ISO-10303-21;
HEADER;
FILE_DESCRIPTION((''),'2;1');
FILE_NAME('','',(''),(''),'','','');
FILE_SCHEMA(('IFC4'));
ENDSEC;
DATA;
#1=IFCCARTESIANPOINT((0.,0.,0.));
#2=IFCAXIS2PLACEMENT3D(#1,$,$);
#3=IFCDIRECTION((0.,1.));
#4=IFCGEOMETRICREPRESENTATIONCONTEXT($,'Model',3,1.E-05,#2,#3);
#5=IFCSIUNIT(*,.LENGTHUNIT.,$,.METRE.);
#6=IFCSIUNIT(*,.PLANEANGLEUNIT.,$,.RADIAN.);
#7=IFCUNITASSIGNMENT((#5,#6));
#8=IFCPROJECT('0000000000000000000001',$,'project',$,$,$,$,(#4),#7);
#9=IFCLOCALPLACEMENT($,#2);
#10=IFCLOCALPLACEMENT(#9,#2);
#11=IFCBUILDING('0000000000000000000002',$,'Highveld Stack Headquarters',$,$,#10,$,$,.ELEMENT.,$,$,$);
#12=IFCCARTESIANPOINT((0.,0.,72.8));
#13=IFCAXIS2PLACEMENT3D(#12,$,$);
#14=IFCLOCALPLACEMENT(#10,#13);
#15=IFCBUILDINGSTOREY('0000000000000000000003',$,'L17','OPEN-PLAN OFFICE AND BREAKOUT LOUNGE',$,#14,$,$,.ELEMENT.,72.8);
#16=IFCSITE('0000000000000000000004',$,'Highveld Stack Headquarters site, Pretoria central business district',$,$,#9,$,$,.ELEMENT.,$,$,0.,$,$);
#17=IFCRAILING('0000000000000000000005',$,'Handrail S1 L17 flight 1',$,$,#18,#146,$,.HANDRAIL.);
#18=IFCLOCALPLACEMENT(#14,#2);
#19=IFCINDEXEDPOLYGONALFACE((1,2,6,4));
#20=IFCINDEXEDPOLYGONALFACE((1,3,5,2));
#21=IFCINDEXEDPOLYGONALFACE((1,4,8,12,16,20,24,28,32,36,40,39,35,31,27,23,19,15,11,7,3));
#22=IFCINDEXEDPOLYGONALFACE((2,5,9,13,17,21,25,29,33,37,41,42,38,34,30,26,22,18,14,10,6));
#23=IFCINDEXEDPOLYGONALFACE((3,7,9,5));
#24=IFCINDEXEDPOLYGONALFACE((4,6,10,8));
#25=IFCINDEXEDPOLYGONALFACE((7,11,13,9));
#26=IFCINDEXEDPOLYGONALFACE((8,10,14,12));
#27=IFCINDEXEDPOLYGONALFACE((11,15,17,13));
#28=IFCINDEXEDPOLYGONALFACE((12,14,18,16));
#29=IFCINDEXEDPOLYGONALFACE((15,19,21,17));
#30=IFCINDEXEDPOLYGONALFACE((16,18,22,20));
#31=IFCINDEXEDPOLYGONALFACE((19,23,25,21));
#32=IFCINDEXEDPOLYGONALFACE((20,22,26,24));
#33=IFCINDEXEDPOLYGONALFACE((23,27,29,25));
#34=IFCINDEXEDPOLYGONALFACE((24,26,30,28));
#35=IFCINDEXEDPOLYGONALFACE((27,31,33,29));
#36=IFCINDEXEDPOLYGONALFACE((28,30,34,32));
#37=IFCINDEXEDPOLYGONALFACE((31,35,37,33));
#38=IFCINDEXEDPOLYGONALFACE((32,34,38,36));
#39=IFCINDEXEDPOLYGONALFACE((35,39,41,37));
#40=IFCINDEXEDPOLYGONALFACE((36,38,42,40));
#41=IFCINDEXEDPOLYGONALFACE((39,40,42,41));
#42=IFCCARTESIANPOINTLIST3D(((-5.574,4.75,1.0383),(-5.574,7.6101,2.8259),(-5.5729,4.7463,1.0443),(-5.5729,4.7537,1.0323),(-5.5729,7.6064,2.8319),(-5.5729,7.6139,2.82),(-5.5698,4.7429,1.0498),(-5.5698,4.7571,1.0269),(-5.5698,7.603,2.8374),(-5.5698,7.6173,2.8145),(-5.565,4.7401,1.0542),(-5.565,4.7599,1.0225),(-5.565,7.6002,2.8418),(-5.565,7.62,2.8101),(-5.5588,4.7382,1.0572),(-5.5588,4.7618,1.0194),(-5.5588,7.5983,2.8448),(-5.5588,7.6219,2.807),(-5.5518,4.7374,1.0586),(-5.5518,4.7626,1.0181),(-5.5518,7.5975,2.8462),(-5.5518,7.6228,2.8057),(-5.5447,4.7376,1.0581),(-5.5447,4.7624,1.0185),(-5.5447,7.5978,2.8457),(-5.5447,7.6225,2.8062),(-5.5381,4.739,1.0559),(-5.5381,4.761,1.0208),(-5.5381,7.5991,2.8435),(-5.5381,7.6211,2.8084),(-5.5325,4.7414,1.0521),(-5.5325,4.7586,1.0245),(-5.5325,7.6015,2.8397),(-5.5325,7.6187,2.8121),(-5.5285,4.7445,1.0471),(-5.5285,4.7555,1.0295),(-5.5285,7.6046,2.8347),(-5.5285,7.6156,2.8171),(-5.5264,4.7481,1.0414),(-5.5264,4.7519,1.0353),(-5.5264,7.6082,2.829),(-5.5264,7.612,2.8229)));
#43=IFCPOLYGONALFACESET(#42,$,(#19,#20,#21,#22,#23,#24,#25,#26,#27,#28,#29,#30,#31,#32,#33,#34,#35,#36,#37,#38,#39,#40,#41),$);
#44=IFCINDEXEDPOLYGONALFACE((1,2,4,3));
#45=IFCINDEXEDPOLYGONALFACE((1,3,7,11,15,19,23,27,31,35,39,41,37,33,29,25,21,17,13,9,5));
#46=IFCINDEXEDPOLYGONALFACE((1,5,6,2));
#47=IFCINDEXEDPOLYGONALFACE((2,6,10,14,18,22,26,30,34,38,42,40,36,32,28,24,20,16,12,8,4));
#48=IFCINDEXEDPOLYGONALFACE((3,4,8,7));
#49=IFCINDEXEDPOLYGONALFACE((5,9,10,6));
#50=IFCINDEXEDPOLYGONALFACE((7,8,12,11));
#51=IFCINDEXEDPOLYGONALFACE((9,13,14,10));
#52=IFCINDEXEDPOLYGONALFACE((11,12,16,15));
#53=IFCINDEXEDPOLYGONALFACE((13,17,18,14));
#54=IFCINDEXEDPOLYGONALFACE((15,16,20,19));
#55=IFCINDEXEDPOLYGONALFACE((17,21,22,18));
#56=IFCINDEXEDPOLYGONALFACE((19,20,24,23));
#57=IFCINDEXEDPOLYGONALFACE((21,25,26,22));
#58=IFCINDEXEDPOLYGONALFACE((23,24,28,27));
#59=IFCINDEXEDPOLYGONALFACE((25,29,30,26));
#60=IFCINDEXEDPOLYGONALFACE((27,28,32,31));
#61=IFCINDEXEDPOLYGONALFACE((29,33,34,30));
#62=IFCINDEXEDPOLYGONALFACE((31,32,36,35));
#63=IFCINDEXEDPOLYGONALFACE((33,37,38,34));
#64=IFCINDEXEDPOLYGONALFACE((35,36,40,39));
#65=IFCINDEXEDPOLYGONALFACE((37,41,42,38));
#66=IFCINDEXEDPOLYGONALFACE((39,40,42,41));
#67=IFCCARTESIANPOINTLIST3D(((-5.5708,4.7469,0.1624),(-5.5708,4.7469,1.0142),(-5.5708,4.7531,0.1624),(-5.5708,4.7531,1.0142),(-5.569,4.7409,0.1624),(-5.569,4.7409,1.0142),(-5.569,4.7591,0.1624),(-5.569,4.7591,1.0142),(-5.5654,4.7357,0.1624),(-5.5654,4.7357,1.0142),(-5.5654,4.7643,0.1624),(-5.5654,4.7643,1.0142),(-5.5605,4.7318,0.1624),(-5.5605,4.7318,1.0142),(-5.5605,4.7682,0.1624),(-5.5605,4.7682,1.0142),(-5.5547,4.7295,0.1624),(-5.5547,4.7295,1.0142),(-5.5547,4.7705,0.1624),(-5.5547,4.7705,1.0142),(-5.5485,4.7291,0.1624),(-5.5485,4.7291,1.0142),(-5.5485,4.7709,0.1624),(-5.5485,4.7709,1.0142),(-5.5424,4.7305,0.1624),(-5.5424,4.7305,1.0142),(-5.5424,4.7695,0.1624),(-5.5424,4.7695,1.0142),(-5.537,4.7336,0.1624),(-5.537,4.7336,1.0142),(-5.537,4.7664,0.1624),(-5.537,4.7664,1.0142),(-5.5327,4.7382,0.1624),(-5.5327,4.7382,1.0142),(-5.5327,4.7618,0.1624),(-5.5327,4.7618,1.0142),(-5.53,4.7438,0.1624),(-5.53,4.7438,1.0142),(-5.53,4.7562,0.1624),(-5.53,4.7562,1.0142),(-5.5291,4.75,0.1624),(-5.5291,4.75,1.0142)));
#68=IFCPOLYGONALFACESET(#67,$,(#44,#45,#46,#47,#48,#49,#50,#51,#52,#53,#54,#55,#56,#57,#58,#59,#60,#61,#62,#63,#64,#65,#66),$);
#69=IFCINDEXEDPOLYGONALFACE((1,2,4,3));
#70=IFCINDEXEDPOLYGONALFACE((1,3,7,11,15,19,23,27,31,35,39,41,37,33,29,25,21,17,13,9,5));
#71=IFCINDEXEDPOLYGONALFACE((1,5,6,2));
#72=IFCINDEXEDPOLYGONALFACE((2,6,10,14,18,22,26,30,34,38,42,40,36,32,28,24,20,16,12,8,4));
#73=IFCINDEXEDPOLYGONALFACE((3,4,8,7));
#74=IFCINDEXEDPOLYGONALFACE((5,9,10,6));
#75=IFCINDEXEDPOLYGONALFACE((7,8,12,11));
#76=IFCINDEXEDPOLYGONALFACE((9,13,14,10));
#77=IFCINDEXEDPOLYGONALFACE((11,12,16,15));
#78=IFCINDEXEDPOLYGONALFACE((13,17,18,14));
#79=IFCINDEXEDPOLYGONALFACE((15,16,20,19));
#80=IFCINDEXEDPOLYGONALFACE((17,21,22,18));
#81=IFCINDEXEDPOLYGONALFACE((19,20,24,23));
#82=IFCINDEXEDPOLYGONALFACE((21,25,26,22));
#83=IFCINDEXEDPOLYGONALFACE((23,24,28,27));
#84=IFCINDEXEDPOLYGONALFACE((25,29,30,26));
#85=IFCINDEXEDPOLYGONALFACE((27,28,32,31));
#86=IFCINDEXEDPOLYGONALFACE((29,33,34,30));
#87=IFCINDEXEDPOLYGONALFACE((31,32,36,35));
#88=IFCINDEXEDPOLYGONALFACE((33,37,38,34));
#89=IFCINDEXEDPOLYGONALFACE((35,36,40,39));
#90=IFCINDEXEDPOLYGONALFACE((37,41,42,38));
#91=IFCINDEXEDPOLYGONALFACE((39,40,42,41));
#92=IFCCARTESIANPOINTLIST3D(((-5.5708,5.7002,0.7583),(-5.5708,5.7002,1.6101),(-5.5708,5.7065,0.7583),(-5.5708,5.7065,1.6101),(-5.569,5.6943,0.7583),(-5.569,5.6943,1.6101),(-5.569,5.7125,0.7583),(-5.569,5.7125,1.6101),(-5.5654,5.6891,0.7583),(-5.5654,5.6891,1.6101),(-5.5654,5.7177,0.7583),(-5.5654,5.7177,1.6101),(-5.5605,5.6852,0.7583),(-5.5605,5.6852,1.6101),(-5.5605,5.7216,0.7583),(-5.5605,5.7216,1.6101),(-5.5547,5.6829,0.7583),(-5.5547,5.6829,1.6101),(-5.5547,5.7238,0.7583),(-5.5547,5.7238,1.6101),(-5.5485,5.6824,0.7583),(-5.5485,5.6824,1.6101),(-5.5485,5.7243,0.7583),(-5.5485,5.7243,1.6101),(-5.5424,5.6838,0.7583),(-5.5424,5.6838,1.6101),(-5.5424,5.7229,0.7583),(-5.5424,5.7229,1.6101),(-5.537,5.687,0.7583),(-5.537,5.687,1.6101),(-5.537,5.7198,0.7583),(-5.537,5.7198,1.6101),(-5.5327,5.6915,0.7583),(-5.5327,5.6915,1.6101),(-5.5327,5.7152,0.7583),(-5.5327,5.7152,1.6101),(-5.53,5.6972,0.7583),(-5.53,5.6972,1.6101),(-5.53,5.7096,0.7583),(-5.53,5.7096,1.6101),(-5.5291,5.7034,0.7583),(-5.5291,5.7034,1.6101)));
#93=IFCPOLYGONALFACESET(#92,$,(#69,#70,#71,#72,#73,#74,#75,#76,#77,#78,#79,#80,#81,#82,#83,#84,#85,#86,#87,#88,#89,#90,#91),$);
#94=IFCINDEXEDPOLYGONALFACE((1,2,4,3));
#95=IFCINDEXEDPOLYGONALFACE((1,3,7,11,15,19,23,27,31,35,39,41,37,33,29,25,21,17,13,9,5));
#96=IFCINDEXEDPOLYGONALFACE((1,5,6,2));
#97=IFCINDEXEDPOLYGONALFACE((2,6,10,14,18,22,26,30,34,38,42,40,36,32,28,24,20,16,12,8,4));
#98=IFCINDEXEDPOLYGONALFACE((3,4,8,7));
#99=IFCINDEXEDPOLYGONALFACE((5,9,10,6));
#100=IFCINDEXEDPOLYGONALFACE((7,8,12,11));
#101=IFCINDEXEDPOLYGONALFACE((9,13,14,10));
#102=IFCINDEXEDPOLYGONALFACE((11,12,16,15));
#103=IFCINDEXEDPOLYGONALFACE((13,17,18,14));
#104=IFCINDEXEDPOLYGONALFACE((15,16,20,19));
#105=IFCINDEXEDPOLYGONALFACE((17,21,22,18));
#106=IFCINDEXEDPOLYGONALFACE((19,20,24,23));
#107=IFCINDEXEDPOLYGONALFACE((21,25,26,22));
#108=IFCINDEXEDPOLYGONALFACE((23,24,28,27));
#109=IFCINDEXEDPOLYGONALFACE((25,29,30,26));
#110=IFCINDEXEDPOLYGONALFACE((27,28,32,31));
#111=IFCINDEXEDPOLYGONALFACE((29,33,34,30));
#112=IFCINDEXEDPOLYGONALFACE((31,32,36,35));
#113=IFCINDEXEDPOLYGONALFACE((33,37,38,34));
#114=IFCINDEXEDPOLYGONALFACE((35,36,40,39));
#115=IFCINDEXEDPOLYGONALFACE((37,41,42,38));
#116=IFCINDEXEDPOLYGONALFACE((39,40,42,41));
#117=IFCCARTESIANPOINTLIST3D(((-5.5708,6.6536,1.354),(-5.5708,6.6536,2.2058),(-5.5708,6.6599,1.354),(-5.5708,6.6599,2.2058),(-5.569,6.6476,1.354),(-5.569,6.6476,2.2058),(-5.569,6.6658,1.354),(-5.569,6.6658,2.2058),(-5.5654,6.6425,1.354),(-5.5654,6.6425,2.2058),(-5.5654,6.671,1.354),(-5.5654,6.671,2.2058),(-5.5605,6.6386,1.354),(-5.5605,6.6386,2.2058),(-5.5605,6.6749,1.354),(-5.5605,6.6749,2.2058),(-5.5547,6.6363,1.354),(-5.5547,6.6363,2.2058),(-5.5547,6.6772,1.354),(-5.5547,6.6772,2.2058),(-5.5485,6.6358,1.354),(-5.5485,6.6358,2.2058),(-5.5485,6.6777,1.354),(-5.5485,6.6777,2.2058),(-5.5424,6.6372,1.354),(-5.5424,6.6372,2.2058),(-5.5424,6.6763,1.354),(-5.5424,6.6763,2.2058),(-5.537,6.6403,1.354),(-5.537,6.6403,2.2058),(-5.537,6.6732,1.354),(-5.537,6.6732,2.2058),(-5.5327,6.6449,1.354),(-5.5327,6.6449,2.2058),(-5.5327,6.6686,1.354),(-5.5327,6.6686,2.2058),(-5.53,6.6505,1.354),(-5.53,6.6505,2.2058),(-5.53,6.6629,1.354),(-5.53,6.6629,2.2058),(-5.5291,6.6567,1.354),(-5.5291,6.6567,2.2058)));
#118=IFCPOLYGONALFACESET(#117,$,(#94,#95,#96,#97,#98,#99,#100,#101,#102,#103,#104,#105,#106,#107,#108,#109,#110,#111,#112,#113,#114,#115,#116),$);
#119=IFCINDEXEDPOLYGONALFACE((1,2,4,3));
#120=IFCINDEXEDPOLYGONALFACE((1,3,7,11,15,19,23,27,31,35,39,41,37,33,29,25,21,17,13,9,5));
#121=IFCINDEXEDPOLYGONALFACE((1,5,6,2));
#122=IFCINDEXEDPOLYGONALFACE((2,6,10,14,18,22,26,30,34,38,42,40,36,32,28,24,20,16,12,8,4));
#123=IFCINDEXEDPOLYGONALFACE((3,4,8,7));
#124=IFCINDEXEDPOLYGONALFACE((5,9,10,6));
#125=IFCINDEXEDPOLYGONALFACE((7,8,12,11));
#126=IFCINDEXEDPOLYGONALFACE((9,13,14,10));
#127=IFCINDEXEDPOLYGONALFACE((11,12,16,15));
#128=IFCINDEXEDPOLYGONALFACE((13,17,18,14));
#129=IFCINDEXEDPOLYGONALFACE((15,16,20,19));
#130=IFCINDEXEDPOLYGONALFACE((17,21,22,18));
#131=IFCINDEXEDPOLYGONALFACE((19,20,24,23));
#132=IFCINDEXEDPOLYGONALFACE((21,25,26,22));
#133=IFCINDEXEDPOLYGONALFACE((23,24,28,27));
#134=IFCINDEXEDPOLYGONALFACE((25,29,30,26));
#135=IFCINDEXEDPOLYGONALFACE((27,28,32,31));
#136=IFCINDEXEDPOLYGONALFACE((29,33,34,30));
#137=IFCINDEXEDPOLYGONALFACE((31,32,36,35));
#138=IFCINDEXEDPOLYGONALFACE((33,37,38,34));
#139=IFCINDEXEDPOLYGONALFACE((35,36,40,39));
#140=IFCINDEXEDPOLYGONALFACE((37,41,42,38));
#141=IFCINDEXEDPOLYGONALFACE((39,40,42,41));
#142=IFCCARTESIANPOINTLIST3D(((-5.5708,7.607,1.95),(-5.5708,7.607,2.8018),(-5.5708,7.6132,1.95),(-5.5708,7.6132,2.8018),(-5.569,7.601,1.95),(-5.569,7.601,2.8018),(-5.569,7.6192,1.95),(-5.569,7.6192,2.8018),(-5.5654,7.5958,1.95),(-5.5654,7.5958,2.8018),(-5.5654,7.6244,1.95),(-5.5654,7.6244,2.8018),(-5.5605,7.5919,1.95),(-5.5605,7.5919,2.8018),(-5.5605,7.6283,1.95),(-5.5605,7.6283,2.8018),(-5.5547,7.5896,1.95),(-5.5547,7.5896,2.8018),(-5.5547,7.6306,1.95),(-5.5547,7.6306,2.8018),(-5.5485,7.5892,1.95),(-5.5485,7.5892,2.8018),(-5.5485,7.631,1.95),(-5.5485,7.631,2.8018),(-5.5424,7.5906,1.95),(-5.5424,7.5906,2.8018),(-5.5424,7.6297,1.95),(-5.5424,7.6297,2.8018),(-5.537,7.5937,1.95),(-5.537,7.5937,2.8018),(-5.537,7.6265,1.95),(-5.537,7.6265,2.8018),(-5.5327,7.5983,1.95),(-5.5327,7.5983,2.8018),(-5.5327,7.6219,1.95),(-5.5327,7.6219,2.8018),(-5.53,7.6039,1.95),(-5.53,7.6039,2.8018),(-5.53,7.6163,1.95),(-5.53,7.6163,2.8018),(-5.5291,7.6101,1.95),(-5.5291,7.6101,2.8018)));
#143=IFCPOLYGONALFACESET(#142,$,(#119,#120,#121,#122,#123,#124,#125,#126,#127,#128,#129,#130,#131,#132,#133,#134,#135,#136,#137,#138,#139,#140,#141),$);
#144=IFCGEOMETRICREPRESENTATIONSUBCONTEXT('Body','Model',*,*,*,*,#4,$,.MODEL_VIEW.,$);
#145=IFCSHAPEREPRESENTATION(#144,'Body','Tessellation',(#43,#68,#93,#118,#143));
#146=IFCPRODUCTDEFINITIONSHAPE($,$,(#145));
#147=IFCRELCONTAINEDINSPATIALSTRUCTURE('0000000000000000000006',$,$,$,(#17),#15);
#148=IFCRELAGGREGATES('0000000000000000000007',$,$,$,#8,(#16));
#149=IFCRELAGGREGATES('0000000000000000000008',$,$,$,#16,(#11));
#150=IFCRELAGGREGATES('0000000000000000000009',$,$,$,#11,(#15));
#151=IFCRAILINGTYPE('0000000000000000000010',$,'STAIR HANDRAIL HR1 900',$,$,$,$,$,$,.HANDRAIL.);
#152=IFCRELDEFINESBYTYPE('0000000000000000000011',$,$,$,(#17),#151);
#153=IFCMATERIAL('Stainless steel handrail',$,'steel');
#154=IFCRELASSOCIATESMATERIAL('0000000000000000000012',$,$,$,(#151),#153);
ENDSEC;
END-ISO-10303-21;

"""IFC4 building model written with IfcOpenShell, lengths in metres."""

from ifc_helpers import new_model, si_unit, direction, frame, origin, origin_2d, place, context, subcontext, project, spatial, circle, extrude, material, type_object, element, save


model = new_model("IFC4")

# Units and contexts
model_context = context("Model", 3, precision=1e-05, world=origin(), true_north=direction((0.0, 1.0)))
body_context = subcontext(model_context, "Body", "Model", "MODEL_VIEW")
ifc_project = project(units=[si_unit("LENGTHUNIT", "METRE"), si_unit("PLANEANGLEUNIT", "RADIAN")], contexts=[model_context])

# Site, building, storey
site_placement = place(None, origin())
site = spatial("IfcSite", under=ifc_project, at=site_placement, Name="Highveld Stack Headquarters site, Pretoria central business district", CompositionType="ELEMENT", RefElevation=0.0)
building_placement = place(site_placement, origin())
building = spatial("IfcBuilding", under=site, at=building_placement, Name="Highveld Stack Headquarters", CompositionType="ELEMENT")
storey_placement = place(building_placement, frame((0.0, 0.0, 72.8)))
storey = spatial("IfcBuildingStorey", under=building, at=storey_placement, Name="L17", Description="OPEN-PLAN OFFICE AND BREAKOUT LOUNGE", CompositionType="ELEMENT", Elevation=72.8)

# Railing
ifc_material_1 = material(Name="Stainless steel handrail", Category="steel")
railing_type = type_object("IfcRailingType", Name="STAIR HANDRAIL HR1 900", PredefinedType="HANDRAIL", material=ifc_material_1)
for number, where, name in (
    (1, (-5.55, 4.75, 0.1624), "Handrail S1 L17 flight 1"),
):
    element("IfcRailing", number, at=place(storey_placement, frame(where)), inside=storey, type_object=railing_type, Name=name, PredefinedType="HANDRAIL", context=body_context, shape_type="SweptSolid", body=[
        extrude(circle(Radius=0.0239, at=origin_2d()), frame((0.0, 0.0, 0.876), z_axis=(0.0, 0.847994, 0.530005), x_axis=(-1.0, 0.0, 0.0)), (0.0, 0.0, 1.0), 3.3728),
        extrude(circle(Radius=0.021, at=origin_2d()), origin(), (0.0, 0.0, 1.0), 0.8518),
        extrude(circle(Radius=0.021, at=origin_2d()), frame((0.0, 0.9534, 0.5959)), (0.0, 0.0, 1.0), 0.8518),
        extrude(circle(Radius=0.021, at=origin_2d()), frame((0.0, 1.9067, 1.1917)), (0.0, 0.0, 1.0), 0.8518),
        extrude(circle(Radius=0.021, at=origin_2d()), frame((0.0, 2.8601, 1.7876)), (0.0, 0.0, 1.0), 0.8518),
    ])

save(model, "model.ifc")
